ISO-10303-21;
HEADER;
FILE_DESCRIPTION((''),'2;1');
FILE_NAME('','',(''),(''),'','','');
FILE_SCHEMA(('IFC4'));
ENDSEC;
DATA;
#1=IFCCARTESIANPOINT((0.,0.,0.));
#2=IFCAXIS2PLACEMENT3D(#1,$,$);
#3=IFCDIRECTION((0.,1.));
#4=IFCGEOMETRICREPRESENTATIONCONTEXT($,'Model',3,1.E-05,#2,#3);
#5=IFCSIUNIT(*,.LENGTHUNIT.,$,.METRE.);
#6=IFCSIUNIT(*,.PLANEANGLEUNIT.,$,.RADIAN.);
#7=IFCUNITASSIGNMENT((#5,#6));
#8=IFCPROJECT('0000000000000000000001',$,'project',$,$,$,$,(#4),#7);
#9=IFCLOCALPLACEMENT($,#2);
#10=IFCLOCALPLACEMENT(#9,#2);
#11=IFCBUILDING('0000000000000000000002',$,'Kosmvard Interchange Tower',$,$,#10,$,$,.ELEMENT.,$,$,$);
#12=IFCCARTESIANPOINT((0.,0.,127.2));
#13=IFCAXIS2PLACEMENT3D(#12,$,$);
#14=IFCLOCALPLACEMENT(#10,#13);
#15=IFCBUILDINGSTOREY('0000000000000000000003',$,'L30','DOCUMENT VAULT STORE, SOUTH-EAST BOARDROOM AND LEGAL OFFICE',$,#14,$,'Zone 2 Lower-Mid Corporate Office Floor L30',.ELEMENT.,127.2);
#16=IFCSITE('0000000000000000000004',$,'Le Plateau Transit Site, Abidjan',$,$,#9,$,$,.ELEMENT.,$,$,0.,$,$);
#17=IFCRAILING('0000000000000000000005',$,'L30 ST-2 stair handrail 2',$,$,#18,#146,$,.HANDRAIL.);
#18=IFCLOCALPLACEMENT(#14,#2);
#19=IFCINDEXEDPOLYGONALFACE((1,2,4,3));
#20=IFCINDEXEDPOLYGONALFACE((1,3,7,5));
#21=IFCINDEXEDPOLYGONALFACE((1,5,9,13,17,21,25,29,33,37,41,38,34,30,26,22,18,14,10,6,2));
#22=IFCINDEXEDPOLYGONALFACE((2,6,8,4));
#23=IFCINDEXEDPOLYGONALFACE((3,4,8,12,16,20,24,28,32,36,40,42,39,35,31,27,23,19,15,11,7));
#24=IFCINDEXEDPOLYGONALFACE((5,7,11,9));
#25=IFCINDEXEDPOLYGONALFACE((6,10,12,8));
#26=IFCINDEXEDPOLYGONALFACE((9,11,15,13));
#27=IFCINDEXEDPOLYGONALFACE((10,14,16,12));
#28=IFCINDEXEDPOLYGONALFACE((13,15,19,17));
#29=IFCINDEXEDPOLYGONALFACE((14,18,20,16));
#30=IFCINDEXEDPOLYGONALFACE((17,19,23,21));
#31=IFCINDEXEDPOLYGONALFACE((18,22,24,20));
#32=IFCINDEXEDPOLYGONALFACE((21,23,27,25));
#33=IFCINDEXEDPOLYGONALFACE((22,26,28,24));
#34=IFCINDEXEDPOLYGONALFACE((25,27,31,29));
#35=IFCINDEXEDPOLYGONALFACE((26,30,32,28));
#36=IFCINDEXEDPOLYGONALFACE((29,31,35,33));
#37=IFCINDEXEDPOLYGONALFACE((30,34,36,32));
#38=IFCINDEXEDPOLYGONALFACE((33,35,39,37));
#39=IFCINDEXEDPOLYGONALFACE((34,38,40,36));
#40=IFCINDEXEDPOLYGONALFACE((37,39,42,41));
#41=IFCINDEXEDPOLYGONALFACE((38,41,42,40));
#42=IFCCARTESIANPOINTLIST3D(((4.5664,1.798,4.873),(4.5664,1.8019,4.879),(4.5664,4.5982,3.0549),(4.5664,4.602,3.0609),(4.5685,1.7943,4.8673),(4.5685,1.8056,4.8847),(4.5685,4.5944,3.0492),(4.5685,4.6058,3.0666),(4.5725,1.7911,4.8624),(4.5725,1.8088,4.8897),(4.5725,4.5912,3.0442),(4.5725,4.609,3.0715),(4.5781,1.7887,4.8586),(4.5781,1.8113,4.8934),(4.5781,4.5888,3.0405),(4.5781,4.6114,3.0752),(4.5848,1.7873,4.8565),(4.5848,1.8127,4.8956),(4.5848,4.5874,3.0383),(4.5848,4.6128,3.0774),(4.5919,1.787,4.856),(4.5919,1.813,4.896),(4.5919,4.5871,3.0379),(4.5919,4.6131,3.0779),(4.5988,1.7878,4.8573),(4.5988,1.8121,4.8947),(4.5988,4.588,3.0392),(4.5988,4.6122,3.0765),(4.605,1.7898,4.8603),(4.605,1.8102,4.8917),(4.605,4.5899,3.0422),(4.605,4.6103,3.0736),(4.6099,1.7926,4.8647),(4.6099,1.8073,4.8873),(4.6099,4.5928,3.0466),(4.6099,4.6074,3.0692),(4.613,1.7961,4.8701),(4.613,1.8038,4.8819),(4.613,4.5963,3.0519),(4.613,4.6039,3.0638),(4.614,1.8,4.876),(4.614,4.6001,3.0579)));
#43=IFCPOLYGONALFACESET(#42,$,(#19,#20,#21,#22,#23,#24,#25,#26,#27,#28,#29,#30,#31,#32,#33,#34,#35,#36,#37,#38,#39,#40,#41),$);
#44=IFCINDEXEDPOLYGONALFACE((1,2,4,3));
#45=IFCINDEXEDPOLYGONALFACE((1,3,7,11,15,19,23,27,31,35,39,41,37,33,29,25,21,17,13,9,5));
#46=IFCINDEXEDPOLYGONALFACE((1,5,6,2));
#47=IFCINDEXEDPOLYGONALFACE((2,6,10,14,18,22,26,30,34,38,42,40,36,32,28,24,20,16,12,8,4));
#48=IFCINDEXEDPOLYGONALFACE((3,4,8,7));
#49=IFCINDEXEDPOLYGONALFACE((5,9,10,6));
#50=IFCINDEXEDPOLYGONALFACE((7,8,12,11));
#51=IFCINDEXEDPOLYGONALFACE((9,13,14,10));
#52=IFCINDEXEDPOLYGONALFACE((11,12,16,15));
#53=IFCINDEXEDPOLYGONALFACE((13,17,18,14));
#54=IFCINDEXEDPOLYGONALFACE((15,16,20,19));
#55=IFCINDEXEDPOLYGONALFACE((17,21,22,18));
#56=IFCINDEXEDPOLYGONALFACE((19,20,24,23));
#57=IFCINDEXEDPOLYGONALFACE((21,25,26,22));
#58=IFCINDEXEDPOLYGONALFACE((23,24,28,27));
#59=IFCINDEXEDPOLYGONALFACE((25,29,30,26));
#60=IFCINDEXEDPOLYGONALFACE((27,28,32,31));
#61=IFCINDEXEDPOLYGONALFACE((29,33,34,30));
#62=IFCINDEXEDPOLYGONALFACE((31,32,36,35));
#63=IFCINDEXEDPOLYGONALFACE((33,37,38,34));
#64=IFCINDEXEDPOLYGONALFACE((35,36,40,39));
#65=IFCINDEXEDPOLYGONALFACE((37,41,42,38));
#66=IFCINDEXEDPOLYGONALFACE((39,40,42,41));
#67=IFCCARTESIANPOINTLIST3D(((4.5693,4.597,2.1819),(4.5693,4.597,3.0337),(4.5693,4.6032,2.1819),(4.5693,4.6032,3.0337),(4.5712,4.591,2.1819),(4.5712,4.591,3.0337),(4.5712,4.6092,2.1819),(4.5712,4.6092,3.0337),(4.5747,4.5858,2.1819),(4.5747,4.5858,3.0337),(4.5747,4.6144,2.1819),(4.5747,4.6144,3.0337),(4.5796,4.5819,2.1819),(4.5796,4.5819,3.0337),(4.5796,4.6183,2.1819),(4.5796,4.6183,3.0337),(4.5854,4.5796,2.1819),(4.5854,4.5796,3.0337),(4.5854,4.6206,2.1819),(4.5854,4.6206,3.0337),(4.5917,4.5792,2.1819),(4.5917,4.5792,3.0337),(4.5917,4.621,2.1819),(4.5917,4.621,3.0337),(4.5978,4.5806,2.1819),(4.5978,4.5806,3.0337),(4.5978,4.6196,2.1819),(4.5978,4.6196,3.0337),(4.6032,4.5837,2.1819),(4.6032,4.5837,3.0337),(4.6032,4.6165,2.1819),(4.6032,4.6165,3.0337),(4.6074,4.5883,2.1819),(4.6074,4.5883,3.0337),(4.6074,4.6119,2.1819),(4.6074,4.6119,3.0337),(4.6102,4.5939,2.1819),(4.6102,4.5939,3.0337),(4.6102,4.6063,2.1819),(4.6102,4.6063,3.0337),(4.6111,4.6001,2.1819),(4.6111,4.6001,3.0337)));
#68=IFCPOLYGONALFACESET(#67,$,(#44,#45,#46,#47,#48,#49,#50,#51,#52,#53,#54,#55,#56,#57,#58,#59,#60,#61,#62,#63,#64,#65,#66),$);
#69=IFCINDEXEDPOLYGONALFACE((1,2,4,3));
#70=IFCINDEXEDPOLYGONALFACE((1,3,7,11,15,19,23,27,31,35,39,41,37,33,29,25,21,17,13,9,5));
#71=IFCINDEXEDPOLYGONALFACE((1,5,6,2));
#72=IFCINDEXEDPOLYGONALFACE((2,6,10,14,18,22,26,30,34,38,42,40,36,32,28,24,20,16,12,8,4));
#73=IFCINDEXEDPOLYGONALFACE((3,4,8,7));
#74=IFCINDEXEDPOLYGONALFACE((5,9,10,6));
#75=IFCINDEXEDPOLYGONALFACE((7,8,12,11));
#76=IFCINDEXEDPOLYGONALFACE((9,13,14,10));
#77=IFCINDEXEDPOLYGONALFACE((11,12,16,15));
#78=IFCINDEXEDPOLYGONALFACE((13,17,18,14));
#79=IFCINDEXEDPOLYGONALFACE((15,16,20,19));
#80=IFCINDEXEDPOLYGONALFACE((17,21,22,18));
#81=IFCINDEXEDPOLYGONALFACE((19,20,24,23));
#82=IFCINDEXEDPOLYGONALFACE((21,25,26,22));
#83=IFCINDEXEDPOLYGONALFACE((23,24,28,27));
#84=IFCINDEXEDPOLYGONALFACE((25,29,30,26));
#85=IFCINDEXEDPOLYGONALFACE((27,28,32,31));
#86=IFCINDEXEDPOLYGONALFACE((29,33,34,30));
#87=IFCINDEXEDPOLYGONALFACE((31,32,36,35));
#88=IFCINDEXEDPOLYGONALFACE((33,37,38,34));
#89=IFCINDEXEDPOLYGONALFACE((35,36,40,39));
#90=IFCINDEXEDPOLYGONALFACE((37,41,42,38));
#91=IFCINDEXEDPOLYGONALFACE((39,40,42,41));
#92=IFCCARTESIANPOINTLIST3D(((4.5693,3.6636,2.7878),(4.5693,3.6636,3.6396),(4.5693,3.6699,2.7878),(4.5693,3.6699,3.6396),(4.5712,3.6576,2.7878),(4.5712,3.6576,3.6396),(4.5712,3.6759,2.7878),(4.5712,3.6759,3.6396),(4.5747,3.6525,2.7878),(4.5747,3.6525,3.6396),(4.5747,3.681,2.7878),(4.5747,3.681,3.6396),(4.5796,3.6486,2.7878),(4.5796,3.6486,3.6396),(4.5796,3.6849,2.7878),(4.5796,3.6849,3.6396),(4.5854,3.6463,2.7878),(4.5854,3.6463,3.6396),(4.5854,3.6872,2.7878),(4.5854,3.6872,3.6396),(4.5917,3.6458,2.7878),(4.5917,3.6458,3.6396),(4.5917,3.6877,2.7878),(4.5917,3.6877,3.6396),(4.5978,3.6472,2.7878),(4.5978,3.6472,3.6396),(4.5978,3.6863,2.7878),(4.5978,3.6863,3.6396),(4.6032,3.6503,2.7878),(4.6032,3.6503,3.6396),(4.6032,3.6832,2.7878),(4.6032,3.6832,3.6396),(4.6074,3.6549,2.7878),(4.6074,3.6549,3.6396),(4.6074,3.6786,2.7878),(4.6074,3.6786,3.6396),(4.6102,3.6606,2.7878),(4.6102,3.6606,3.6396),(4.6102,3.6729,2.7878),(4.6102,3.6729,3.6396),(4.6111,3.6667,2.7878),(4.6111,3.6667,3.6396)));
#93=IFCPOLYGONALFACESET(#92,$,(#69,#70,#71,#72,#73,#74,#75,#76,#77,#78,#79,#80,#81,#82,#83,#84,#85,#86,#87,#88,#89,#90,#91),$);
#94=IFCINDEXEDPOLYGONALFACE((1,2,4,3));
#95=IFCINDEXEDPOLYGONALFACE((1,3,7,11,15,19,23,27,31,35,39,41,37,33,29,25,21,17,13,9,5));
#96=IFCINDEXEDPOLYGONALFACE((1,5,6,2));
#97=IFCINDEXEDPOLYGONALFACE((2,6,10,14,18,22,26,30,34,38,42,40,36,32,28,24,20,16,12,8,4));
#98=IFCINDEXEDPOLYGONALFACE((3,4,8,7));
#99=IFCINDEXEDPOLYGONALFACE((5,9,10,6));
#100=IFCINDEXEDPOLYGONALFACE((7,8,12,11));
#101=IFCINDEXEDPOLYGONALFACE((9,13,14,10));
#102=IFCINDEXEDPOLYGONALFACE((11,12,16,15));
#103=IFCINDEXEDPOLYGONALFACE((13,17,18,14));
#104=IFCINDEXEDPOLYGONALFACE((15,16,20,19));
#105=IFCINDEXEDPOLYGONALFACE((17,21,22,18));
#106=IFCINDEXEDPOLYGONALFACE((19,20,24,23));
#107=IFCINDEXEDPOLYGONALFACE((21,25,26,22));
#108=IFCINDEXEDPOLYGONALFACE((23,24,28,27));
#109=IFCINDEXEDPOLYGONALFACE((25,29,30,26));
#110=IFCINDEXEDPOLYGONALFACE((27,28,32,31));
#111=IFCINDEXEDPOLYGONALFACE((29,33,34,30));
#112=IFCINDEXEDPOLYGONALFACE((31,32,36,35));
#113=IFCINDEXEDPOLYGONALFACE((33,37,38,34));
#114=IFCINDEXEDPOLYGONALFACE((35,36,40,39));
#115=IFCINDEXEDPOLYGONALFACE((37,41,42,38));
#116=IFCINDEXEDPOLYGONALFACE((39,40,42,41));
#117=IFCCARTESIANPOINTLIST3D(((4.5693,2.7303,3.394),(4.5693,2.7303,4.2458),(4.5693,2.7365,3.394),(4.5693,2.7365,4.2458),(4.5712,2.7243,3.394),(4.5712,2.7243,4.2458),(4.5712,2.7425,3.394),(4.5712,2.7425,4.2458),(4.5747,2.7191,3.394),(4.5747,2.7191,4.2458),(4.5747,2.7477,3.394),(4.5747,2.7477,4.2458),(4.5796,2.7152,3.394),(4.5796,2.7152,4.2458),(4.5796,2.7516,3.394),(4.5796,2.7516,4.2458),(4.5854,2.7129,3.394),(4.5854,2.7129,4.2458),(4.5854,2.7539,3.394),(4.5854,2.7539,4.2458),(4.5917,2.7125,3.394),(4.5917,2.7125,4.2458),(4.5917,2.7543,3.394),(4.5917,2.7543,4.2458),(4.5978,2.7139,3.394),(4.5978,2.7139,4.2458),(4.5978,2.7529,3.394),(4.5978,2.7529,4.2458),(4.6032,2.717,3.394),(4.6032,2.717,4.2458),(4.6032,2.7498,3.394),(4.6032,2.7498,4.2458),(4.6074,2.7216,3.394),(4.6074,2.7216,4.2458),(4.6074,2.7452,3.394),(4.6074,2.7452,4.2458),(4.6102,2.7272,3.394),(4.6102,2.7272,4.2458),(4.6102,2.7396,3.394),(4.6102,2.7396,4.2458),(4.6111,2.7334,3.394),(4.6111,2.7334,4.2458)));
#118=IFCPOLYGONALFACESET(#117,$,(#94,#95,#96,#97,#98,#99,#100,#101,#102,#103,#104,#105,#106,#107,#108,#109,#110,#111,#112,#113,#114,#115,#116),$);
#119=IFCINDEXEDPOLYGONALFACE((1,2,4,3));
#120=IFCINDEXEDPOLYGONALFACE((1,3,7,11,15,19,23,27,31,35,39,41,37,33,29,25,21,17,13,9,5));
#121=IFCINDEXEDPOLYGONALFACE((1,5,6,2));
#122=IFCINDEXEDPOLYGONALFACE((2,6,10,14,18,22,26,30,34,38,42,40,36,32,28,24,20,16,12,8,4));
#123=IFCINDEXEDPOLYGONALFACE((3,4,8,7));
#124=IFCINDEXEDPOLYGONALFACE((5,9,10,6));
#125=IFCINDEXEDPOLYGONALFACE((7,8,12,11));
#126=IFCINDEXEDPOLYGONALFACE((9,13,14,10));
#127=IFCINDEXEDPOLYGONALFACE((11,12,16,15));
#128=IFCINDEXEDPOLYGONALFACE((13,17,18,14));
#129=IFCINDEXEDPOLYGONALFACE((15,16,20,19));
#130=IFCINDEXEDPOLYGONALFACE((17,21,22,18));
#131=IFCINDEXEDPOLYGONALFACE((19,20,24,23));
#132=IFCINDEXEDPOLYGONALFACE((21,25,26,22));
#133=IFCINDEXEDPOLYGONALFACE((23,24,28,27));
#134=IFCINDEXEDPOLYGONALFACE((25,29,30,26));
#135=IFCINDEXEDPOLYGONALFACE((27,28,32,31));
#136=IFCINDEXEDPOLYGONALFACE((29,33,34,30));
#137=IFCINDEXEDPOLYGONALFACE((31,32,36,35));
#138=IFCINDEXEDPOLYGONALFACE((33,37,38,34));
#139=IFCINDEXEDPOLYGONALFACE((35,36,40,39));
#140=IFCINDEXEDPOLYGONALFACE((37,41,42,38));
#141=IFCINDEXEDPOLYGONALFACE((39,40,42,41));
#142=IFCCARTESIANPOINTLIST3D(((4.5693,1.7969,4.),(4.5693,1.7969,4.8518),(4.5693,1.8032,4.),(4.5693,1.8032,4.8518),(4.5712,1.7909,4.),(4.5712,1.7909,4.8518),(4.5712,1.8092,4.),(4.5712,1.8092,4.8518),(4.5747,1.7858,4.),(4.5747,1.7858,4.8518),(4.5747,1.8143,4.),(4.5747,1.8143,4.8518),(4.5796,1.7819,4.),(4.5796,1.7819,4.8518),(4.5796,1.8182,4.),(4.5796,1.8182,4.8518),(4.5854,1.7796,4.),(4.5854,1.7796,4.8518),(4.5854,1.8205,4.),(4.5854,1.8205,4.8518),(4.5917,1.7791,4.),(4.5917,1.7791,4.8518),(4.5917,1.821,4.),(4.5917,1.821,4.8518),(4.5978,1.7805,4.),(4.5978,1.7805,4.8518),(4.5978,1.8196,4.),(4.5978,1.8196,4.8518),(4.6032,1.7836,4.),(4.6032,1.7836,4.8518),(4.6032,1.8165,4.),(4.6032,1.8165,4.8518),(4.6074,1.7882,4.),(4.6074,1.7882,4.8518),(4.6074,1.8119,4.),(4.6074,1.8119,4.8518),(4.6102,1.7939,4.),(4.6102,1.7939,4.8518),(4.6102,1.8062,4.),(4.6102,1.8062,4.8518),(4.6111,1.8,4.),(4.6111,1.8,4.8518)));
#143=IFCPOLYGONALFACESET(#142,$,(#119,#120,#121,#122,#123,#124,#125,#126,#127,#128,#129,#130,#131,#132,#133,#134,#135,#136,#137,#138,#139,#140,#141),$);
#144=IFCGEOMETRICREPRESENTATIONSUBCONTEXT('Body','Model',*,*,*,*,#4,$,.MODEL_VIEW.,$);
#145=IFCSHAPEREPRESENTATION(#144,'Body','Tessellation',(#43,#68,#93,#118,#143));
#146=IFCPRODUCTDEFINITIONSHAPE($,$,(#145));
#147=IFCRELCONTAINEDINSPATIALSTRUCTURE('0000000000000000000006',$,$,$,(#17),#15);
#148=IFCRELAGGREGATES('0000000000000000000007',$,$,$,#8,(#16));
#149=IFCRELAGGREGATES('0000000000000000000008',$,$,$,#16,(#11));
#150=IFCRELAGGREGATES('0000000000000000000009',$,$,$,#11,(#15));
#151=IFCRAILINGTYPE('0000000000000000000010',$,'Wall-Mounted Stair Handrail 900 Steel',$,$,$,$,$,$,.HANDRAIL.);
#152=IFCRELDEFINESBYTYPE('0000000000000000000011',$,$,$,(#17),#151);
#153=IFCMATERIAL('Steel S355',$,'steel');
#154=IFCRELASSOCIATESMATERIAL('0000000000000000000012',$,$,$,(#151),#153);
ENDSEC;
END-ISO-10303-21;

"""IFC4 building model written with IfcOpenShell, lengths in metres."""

from ifc_helpers import new_model, si_unit, direction, frame, origin, origin_2d, place, context, subcontext, project, spatial, circle, extrude, source, transform, mapped, material, type_object, element, save


model = new_model("IFC4")

# Units and contexts
model_context = context("Model", 3, precision=1e-05, world=origin(), true_north=direction((0.0, 1.0)))
body_context = subcontext(model_context, "Body", "Model", "MODEL_VIEW")
ifc_project = project(units=[si_unit("LENGTHUNIT", "METRE"), si_unit("PLANEANGLEUNIT", "RADIAN")], contexts=[model_context])

# Site, building, storey
site_placement = place(None, origin())
site = spatial("IfcSite", under=ifc_project, at=site_placement, Name="Le Plateau Transit Site, Abidjan", CompositionType="ELEMENT", RefElevation=0.0)
building_placement = place(site_placement, origin())
building = spatial("IfcBuilding", under=site, at=building_placement, Name="Kosmvard Interchange Tower", CompositionType="ELEMENT")
storey_placement = place(building_placement, frame((0.0, 0.0, 127.2)))
storey = spatial("IfcBuildingStorey", under=building, at=storey_placement, Name="L30", Description="DOCUMENT VAULT STORE, SOUTH-EAST BOARDROOM AND LEGAL OFFICE", LongName="Zone 2 Lower-Mid Corporate Office Floor L30", CompositionType="ELEMENT", Elevation=127.2)

# Shared definitions
ifc_material_1 = material(Name="Steel S355", Category="steel")

# Railing
railing_type_1 = type_object("IfcRailingType", Name="Wall-Mounted Stair Handrail 900 Steel", PredefinedType="HANDRAIL", material=ifc_material_1)
shared_shape_1 = source(origin(), body_context, "Body", "SweptSolid", [
    extrude(circle(Radius=0.0239, at=origin_2d()), frame((0.0, 0.0, 0.876), z_axis=(0.0, -0.838706, 0.544585), x_axis=(1.0, 0.0, 0.0)), (0.0, 0.0, 1.0), 3.3386),
    extrude(circle(Radius=0.021, at=origin_2d()), origin(), (0.0, 0.0, 1.0), 0.8518),
    extrude(circle(Radius=0.021, at=origin_2d()), frame((0.0, -0.9333, 0.606)), (0.0, 0.0, 1.0), 0.8518),
    extrude(circle(Radius=0.021, at=origin_2d()), frame((0.0, -1.8667, 1.2122)), (0.0, 0.0, 1.0), 0.8518),
    extrude(circle(Radius=0.021, at=origin_2d()), frame((0.0, -2.8, 1.8181)), (0.0, 0.0, 1.0), 0.8518),
])
railing_1_placement = place(storey_placement, frame((4.5901, 4.6001, 2.1819)))
element("IfcRailing", 1, at=railing_1_placement, inside=storey, type_object=railing_type_1, Name="L30 ST-2 stair handrail 2", PredefinedType="HANDRAIL", context=body_context, shape_type="MappedRepresentation", body=[
    mapped(shared_shape_1, transform((0.0, 0.0, 0.0), scale=1.0)),
])

save(model, "model.ifc")
